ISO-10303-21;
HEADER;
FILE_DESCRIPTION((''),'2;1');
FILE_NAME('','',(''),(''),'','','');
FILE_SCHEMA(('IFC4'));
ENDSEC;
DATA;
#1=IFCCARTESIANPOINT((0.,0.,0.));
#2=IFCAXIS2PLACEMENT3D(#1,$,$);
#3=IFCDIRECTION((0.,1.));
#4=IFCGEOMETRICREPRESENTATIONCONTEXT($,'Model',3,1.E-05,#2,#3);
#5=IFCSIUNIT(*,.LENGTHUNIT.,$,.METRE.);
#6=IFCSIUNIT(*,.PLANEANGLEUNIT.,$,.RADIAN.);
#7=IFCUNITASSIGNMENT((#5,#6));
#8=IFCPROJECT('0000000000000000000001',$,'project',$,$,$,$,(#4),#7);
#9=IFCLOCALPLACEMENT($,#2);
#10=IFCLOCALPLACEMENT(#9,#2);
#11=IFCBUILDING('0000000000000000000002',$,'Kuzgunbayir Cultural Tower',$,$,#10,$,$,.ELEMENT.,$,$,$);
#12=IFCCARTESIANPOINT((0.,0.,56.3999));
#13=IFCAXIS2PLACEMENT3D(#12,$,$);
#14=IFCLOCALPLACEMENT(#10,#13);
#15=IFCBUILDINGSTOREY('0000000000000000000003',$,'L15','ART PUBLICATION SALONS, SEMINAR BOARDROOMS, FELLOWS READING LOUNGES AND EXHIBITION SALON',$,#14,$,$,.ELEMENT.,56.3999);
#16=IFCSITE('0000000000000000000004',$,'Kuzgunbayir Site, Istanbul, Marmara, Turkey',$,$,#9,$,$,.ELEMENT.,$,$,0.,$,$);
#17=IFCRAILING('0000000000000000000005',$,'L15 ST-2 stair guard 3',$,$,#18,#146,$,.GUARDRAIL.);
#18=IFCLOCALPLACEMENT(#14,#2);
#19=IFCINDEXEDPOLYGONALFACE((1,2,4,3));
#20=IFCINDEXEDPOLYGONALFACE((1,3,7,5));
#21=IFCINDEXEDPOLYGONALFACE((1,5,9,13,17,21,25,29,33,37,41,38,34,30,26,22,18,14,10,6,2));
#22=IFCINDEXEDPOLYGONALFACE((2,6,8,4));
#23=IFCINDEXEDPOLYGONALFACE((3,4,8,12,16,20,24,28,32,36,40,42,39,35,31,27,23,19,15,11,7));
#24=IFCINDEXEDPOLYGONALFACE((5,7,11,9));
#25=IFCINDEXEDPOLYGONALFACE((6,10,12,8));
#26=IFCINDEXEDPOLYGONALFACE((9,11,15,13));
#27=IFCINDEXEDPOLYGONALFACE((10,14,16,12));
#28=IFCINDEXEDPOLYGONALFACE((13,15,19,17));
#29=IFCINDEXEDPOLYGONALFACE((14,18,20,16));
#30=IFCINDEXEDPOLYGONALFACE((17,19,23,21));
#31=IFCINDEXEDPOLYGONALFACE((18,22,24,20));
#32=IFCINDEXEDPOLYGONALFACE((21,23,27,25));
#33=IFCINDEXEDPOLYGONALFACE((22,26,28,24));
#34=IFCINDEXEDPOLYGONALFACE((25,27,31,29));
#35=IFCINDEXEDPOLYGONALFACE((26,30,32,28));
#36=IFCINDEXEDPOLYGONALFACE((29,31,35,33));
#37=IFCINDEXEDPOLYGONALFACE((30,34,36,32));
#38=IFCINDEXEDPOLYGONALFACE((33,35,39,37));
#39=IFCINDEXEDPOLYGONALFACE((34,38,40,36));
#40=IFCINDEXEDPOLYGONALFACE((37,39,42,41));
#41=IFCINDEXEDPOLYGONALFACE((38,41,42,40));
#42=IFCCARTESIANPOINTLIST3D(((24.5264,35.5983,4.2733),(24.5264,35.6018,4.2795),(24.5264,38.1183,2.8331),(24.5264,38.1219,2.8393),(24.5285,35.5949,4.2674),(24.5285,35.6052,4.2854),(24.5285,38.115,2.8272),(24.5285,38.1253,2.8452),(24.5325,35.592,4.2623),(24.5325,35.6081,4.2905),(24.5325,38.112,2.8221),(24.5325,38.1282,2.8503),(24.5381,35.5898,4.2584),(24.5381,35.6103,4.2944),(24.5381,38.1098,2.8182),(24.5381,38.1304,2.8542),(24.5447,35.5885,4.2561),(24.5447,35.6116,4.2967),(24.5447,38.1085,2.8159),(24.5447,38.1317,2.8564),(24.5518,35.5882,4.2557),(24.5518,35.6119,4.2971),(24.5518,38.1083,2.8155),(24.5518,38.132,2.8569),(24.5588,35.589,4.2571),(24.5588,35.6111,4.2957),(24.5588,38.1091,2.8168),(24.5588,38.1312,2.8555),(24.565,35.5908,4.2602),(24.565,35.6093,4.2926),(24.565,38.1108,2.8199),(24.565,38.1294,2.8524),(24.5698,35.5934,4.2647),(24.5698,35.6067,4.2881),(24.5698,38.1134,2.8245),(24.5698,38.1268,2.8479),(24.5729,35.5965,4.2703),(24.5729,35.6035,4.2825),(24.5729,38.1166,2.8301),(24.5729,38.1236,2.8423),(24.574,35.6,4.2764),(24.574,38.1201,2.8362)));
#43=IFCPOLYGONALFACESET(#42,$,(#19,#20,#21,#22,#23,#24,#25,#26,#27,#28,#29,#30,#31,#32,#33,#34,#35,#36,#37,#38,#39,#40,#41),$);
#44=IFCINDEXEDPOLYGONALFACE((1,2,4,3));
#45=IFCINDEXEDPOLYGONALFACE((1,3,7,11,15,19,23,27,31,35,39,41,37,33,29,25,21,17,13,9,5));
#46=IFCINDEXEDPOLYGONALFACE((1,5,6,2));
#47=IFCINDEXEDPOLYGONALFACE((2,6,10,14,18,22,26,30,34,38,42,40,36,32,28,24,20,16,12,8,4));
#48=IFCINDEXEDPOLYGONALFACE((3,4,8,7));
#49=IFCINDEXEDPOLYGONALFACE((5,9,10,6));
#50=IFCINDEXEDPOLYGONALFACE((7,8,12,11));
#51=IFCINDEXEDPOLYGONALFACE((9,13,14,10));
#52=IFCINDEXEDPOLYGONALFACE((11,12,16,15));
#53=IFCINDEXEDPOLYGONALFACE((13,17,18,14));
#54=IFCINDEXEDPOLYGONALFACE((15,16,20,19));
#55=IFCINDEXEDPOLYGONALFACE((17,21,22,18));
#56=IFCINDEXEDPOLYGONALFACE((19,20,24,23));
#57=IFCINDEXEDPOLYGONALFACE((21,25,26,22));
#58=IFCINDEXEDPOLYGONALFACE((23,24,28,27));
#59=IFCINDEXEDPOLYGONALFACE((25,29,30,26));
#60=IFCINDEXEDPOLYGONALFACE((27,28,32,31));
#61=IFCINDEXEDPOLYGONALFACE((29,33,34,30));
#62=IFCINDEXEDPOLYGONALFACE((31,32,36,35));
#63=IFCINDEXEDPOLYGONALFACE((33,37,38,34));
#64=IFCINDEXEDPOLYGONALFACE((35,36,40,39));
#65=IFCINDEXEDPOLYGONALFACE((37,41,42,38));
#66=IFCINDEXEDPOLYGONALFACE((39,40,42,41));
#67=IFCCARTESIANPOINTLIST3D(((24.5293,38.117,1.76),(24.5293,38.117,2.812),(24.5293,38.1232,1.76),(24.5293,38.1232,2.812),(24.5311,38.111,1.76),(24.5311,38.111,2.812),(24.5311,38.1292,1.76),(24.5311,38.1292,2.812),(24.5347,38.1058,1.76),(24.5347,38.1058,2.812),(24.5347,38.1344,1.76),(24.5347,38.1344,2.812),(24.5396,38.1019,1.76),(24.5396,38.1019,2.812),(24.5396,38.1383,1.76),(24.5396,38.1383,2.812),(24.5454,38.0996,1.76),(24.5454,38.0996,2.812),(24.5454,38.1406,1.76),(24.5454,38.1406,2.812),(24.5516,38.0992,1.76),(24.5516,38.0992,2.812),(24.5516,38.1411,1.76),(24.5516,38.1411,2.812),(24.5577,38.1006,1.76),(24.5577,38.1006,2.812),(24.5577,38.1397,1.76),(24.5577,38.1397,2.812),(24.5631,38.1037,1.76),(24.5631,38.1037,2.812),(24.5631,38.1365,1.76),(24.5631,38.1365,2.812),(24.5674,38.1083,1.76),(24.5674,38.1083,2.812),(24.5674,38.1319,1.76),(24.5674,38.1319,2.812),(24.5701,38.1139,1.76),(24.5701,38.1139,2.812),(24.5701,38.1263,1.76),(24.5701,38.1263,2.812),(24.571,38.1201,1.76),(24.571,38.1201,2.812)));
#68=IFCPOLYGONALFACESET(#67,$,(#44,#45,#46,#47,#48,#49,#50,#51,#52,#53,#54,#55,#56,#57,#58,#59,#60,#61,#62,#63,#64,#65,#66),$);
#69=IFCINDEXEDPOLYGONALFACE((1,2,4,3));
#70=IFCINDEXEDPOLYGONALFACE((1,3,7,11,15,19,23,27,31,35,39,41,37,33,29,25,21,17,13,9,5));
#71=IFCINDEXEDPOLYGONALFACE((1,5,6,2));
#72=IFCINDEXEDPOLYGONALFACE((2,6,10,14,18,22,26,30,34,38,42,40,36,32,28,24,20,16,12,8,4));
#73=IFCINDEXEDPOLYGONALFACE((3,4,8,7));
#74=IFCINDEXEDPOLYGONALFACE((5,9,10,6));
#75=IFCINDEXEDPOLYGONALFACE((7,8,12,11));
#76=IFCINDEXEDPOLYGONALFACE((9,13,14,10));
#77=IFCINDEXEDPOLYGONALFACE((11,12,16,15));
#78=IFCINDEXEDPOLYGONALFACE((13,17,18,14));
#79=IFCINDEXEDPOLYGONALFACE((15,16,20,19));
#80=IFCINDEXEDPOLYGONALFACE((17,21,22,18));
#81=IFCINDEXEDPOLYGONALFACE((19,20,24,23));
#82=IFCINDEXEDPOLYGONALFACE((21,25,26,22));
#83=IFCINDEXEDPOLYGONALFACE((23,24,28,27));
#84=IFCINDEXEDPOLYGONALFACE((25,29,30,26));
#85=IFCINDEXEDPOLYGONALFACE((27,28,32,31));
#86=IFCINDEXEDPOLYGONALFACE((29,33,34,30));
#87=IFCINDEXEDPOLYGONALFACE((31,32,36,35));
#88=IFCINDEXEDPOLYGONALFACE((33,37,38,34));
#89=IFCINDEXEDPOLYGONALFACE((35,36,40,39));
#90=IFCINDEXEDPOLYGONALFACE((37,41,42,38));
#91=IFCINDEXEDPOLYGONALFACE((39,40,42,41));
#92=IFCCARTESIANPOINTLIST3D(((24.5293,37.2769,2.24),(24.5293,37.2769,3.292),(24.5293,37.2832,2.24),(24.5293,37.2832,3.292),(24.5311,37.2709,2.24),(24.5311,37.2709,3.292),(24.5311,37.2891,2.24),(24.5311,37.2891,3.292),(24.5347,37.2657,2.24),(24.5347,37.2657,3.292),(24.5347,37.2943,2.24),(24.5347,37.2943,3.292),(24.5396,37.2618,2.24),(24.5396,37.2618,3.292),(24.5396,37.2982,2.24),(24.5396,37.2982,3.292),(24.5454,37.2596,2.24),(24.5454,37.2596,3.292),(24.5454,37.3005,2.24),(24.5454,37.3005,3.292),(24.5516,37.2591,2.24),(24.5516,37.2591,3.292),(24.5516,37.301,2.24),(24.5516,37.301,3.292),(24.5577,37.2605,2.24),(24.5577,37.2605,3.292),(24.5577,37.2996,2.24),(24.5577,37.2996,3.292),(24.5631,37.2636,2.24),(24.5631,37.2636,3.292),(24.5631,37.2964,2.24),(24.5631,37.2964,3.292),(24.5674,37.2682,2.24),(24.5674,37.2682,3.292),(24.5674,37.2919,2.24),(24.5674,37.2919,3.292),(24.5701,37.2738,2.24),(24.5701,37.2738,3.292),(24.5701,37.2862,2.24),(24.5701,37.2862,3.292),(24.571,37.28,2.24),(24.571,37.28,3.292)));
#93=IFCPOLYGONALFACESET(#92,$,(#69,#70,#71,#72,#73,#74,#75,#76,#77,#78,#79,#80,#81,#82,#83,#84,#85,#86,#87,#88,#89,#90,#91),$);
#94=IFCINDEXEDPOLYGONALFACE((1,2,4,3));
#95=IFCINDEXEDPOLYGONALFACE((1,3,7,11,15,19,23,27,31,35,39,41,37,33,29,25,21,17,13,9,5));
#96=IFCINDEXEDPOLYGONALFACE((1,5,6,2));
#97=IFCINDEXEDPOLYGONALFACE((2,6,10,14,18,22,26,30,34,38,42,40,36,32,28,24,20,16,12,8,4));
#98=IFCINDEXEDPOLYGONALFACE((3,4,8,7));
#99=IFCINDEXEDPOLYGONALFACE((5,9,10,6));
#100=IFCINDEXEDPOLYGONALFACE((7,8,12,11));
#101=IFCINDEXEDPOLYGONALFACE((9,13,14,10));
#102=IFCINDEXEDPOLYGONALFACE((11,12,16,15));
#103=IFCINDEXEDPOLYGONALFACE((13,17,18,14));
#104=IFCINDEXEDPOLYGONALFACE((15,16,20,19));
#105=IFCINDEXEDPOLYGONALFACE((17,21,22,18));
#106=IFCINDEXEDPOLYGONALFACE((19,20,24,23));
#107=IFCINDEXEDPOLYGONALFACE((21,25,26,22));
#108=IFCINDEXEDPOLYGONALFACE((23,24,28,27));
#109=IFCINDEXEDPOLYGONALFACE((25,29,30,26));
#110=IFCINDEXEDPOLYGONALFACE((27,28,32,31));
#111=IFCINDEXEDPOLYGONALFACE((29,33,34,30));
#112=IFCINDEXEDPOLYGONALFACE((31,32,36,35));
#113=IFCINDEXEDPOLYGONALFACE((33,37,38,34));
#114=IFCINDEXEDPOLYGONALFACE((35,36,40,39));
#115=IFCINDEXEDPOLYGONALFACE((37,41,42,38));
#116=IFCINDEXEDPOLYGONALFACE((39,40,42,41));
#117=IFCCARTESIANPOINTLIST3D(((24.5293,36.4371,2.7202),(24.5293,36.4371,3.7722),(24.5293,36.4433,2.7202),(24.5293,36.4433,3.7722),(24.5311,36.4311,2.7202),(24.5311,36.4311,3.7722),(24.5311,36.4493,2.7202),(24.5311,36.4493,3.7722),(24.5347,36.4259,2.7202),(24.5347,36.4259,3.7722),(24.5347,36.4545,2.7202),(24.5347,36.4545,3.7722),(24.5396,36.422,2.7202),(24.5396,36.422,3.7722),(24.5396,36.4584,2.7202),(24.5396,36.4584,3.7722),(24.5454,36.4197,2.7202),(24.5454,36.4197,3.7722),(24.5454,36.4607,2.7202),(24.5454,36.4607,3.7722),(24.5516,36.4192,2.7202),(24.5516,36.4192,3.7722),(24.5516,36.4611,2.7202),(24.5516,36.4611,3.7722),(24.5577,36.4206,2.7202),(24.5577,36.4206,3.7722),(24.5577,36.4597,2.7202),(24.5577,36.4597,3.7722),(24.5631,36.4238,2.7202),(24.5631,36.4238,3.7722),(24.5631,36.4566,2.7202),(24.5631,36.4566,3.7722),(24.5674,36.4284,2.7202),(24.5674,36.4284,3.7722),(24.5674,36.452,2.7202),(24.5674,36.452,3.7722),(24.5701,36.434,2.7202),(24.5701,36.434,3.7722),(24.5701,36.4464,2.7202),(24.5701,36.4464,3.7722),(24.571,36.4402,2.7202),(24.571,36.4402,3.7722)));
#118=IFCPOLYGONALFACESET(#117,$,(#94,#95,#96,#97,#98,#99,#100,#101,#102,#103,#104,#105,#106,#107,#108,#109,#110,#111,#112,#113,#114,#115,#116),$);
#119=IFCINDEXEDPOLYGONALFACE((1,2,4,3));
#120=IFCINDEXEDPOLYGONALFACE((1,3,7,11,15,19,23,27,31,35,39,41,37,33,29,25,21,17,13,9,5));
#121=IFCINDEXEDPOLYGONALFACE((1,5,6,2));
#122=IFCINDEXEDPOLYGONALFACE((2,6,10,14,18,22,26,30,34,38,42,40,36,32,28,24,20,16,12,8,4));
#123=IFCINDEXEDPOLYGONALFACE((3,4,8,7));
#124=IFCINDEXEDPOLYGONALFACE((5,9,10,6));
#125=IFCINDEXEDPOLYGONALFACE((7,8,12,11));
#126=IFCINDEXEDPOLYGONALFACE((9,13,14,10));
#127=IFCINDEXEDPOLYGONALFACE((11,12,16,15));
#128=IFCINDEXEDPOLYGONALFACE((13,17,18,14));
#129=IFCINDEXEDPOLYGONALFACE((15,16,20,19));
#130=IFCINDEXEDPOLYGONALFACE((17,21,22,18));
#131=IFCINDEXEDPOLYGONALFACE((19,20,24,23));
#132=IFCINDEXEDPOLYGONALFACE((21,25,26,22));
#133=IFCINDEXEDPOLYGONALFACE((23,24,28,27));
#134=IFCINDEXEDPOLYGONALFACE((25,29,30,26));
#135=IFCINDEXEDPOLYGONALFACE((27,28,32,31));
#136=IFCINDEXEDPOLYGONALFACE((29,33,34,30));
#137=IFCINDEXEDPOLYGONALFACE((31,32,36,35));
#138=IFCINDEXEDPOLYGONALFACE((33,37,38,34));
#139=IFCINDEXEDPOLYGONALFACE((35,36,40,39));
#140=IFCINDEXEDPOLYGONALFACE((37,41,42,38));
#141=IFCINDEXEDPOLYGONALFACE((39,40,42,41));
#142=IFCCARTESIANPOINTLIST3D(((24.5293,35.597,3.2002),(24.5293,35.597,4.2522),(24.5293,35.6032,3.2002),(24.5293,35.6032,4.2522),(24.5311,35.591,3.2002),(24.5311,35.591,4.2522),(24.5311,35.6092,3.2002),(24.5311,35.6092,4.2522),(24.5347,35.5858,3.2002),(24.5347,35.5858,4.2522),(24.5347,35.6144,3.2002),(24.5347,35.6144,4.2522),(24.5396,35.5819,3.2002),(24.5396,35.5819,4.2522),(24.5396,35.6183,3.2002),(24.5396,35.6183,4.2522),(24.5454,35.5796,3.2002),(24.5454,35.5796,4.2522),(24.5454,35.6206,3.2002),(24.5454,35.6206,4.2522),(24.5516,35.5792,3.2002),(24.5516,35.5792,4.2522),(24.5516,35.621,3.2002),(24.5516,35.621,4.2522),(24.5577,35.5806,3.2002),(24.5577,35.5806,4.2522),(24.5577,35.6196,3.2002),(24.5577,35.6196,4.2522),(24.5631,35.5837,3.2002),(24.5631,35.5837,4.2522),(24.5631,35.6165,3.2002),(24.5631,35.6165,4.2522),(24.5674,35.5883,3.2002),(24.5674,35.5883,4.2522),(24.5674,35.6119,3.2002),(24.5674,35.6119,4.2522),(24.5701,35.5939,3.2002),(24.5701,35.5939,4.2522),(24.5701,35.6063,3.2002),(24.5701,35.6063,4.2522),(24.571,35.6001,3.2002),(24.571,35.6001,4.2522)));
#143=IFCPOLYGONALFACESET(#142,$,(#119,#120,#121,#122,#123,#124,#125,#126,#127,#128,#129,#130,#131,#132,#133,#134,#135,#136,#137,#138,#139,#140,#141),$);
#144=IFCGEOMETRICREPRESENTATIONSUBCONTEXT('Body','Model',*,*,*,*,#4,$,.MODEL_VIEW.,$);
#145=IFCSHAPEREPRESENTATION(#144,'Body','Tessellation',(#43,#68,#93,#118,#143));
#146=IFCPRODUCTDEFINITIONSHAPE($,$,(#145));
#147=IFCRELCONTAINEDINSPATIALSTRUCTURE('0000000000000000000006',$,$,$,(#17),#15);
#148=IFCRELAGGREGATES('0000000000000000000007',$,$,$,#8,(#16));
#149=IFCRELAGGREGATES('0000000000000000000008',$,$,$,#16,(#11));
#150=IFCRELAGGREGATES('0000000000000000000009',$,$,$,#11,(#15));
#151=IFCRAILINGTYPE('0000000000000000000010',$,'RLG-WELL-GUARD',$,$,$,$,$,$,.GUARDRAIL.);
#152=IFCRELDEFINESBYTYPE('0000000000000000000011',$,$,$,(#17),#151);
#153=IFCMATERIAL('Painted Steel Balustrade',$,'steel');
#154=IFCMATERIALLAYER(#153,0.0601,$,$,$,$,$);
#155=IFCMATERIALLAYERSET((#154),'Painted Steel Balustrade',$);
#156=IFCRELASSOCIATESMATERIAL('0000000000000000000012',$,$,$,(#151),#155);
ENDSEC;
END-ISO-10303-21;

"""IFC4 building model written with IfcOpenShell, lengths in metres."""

from ifc_helpers import new_model, si_unit, direction, frame, origin, origin_2d, place, context, subcontext, project, spatial, circle, extrude, material, layer, layer_set, type_object, element, save


model = new_model("IFC4")

# Units and contexts
model_context = context("Model", 3, precision=1e-05, world=origin(), true_north=direction((0.0, 1.0)))
body_context = subcontext(model_context, "Body", "Model", "MODEL_VIEW")
ifc_project = project(units=[si_unit("LENGTHUNIT", "METRE"), si_unit("PLANEANGLEUNIT", "RADIAN")], contexts=[model_context])

# Site, building, storey
site_placement = place(None, origin())
site = spatial("IfcSite", under=ifc_project, at=site_placement, Name="Kuzgunbayir Site, Istanbul, Marmara, Turkey", CompositionType="ELEMENT", RefElevation=0.0)
building_placement = place(site_placement, origin())
building = spatial("IfcBuilding", under=site, at=building_placement, Name="Kuzgunbayir Cultural Tower", CompositionType="ELEMENT")
storey_placement = place(building_placement, frame((0.0, 0.0, 56.3999)))
storey = spatial("IfcBuildingStorey", under=building, at=storey_placement, Name="L15", Description="ART PUBLICATION SALONS, SEMINAR BOARDROOMS, FELLOWS READING LOUNGES AND EXHIBITION SALON", CompositionType="ELEMENT", Elevation=56.3999)

# Railing
ifc_material_1 = material(Name="Painted Steel Balustrade", Category="steel")
ifc_layer_1 = layer(ifc_material_1, 0.0601)
ifc_layer_set_1 = layer_set([ifc_layer_1], Name="Painted Steel Balustrade")
railing_type_1 = type_object("IfcRailingType", Name="RLG-WELL-GUARD", PredefinedType="GUARDRAIL", material=ifc_layer_set_1)
railing_1_placement = place(storey_placement, frame((24.55, 38.1201, 1.76)))
element("IfcRailing", 1, at=railing_1_placement, inside=storey, type_object=railing_type_1, Name="L15 ST-2 stair guard 3", PredefinedType="GUARDRAIL", context=body_context, shape_type="SweptSolid", body=[
    extrude(circle(Radius=0.0239, at=origin_2d()), frame((0.0, 0.0, 1.0762), z_axis=(0.0, -0.868217, 0.496184), x_axis=(1.0, 0.0, 0.0)), (0.0, 0.0, 1.0), 2.9026),
    extrude(circle(Radius=0.021, at=origin_2d()), origin(), (0.0, 0.0, 1.0), 1.052),
    extrude(circle(Radius=0.021, at=origin_2d()), frame((0.0, -0.8401, 0.48)), (0.0, 0.0, 1.0), 1.052),
    extrude(circle(Radius=0.021, at=origin_2d()), frame((0.0, -1.6799, 0.9602)), (0.0, 0.0, 1.0), 1.052),
    extrude(circle(Radius=0.021, at=origin_2d()), frame((0.0, -2.52, 1.4402)), (0.0, 0.0, 1.0), 1.052),
])

save(model, "model.ifc")
